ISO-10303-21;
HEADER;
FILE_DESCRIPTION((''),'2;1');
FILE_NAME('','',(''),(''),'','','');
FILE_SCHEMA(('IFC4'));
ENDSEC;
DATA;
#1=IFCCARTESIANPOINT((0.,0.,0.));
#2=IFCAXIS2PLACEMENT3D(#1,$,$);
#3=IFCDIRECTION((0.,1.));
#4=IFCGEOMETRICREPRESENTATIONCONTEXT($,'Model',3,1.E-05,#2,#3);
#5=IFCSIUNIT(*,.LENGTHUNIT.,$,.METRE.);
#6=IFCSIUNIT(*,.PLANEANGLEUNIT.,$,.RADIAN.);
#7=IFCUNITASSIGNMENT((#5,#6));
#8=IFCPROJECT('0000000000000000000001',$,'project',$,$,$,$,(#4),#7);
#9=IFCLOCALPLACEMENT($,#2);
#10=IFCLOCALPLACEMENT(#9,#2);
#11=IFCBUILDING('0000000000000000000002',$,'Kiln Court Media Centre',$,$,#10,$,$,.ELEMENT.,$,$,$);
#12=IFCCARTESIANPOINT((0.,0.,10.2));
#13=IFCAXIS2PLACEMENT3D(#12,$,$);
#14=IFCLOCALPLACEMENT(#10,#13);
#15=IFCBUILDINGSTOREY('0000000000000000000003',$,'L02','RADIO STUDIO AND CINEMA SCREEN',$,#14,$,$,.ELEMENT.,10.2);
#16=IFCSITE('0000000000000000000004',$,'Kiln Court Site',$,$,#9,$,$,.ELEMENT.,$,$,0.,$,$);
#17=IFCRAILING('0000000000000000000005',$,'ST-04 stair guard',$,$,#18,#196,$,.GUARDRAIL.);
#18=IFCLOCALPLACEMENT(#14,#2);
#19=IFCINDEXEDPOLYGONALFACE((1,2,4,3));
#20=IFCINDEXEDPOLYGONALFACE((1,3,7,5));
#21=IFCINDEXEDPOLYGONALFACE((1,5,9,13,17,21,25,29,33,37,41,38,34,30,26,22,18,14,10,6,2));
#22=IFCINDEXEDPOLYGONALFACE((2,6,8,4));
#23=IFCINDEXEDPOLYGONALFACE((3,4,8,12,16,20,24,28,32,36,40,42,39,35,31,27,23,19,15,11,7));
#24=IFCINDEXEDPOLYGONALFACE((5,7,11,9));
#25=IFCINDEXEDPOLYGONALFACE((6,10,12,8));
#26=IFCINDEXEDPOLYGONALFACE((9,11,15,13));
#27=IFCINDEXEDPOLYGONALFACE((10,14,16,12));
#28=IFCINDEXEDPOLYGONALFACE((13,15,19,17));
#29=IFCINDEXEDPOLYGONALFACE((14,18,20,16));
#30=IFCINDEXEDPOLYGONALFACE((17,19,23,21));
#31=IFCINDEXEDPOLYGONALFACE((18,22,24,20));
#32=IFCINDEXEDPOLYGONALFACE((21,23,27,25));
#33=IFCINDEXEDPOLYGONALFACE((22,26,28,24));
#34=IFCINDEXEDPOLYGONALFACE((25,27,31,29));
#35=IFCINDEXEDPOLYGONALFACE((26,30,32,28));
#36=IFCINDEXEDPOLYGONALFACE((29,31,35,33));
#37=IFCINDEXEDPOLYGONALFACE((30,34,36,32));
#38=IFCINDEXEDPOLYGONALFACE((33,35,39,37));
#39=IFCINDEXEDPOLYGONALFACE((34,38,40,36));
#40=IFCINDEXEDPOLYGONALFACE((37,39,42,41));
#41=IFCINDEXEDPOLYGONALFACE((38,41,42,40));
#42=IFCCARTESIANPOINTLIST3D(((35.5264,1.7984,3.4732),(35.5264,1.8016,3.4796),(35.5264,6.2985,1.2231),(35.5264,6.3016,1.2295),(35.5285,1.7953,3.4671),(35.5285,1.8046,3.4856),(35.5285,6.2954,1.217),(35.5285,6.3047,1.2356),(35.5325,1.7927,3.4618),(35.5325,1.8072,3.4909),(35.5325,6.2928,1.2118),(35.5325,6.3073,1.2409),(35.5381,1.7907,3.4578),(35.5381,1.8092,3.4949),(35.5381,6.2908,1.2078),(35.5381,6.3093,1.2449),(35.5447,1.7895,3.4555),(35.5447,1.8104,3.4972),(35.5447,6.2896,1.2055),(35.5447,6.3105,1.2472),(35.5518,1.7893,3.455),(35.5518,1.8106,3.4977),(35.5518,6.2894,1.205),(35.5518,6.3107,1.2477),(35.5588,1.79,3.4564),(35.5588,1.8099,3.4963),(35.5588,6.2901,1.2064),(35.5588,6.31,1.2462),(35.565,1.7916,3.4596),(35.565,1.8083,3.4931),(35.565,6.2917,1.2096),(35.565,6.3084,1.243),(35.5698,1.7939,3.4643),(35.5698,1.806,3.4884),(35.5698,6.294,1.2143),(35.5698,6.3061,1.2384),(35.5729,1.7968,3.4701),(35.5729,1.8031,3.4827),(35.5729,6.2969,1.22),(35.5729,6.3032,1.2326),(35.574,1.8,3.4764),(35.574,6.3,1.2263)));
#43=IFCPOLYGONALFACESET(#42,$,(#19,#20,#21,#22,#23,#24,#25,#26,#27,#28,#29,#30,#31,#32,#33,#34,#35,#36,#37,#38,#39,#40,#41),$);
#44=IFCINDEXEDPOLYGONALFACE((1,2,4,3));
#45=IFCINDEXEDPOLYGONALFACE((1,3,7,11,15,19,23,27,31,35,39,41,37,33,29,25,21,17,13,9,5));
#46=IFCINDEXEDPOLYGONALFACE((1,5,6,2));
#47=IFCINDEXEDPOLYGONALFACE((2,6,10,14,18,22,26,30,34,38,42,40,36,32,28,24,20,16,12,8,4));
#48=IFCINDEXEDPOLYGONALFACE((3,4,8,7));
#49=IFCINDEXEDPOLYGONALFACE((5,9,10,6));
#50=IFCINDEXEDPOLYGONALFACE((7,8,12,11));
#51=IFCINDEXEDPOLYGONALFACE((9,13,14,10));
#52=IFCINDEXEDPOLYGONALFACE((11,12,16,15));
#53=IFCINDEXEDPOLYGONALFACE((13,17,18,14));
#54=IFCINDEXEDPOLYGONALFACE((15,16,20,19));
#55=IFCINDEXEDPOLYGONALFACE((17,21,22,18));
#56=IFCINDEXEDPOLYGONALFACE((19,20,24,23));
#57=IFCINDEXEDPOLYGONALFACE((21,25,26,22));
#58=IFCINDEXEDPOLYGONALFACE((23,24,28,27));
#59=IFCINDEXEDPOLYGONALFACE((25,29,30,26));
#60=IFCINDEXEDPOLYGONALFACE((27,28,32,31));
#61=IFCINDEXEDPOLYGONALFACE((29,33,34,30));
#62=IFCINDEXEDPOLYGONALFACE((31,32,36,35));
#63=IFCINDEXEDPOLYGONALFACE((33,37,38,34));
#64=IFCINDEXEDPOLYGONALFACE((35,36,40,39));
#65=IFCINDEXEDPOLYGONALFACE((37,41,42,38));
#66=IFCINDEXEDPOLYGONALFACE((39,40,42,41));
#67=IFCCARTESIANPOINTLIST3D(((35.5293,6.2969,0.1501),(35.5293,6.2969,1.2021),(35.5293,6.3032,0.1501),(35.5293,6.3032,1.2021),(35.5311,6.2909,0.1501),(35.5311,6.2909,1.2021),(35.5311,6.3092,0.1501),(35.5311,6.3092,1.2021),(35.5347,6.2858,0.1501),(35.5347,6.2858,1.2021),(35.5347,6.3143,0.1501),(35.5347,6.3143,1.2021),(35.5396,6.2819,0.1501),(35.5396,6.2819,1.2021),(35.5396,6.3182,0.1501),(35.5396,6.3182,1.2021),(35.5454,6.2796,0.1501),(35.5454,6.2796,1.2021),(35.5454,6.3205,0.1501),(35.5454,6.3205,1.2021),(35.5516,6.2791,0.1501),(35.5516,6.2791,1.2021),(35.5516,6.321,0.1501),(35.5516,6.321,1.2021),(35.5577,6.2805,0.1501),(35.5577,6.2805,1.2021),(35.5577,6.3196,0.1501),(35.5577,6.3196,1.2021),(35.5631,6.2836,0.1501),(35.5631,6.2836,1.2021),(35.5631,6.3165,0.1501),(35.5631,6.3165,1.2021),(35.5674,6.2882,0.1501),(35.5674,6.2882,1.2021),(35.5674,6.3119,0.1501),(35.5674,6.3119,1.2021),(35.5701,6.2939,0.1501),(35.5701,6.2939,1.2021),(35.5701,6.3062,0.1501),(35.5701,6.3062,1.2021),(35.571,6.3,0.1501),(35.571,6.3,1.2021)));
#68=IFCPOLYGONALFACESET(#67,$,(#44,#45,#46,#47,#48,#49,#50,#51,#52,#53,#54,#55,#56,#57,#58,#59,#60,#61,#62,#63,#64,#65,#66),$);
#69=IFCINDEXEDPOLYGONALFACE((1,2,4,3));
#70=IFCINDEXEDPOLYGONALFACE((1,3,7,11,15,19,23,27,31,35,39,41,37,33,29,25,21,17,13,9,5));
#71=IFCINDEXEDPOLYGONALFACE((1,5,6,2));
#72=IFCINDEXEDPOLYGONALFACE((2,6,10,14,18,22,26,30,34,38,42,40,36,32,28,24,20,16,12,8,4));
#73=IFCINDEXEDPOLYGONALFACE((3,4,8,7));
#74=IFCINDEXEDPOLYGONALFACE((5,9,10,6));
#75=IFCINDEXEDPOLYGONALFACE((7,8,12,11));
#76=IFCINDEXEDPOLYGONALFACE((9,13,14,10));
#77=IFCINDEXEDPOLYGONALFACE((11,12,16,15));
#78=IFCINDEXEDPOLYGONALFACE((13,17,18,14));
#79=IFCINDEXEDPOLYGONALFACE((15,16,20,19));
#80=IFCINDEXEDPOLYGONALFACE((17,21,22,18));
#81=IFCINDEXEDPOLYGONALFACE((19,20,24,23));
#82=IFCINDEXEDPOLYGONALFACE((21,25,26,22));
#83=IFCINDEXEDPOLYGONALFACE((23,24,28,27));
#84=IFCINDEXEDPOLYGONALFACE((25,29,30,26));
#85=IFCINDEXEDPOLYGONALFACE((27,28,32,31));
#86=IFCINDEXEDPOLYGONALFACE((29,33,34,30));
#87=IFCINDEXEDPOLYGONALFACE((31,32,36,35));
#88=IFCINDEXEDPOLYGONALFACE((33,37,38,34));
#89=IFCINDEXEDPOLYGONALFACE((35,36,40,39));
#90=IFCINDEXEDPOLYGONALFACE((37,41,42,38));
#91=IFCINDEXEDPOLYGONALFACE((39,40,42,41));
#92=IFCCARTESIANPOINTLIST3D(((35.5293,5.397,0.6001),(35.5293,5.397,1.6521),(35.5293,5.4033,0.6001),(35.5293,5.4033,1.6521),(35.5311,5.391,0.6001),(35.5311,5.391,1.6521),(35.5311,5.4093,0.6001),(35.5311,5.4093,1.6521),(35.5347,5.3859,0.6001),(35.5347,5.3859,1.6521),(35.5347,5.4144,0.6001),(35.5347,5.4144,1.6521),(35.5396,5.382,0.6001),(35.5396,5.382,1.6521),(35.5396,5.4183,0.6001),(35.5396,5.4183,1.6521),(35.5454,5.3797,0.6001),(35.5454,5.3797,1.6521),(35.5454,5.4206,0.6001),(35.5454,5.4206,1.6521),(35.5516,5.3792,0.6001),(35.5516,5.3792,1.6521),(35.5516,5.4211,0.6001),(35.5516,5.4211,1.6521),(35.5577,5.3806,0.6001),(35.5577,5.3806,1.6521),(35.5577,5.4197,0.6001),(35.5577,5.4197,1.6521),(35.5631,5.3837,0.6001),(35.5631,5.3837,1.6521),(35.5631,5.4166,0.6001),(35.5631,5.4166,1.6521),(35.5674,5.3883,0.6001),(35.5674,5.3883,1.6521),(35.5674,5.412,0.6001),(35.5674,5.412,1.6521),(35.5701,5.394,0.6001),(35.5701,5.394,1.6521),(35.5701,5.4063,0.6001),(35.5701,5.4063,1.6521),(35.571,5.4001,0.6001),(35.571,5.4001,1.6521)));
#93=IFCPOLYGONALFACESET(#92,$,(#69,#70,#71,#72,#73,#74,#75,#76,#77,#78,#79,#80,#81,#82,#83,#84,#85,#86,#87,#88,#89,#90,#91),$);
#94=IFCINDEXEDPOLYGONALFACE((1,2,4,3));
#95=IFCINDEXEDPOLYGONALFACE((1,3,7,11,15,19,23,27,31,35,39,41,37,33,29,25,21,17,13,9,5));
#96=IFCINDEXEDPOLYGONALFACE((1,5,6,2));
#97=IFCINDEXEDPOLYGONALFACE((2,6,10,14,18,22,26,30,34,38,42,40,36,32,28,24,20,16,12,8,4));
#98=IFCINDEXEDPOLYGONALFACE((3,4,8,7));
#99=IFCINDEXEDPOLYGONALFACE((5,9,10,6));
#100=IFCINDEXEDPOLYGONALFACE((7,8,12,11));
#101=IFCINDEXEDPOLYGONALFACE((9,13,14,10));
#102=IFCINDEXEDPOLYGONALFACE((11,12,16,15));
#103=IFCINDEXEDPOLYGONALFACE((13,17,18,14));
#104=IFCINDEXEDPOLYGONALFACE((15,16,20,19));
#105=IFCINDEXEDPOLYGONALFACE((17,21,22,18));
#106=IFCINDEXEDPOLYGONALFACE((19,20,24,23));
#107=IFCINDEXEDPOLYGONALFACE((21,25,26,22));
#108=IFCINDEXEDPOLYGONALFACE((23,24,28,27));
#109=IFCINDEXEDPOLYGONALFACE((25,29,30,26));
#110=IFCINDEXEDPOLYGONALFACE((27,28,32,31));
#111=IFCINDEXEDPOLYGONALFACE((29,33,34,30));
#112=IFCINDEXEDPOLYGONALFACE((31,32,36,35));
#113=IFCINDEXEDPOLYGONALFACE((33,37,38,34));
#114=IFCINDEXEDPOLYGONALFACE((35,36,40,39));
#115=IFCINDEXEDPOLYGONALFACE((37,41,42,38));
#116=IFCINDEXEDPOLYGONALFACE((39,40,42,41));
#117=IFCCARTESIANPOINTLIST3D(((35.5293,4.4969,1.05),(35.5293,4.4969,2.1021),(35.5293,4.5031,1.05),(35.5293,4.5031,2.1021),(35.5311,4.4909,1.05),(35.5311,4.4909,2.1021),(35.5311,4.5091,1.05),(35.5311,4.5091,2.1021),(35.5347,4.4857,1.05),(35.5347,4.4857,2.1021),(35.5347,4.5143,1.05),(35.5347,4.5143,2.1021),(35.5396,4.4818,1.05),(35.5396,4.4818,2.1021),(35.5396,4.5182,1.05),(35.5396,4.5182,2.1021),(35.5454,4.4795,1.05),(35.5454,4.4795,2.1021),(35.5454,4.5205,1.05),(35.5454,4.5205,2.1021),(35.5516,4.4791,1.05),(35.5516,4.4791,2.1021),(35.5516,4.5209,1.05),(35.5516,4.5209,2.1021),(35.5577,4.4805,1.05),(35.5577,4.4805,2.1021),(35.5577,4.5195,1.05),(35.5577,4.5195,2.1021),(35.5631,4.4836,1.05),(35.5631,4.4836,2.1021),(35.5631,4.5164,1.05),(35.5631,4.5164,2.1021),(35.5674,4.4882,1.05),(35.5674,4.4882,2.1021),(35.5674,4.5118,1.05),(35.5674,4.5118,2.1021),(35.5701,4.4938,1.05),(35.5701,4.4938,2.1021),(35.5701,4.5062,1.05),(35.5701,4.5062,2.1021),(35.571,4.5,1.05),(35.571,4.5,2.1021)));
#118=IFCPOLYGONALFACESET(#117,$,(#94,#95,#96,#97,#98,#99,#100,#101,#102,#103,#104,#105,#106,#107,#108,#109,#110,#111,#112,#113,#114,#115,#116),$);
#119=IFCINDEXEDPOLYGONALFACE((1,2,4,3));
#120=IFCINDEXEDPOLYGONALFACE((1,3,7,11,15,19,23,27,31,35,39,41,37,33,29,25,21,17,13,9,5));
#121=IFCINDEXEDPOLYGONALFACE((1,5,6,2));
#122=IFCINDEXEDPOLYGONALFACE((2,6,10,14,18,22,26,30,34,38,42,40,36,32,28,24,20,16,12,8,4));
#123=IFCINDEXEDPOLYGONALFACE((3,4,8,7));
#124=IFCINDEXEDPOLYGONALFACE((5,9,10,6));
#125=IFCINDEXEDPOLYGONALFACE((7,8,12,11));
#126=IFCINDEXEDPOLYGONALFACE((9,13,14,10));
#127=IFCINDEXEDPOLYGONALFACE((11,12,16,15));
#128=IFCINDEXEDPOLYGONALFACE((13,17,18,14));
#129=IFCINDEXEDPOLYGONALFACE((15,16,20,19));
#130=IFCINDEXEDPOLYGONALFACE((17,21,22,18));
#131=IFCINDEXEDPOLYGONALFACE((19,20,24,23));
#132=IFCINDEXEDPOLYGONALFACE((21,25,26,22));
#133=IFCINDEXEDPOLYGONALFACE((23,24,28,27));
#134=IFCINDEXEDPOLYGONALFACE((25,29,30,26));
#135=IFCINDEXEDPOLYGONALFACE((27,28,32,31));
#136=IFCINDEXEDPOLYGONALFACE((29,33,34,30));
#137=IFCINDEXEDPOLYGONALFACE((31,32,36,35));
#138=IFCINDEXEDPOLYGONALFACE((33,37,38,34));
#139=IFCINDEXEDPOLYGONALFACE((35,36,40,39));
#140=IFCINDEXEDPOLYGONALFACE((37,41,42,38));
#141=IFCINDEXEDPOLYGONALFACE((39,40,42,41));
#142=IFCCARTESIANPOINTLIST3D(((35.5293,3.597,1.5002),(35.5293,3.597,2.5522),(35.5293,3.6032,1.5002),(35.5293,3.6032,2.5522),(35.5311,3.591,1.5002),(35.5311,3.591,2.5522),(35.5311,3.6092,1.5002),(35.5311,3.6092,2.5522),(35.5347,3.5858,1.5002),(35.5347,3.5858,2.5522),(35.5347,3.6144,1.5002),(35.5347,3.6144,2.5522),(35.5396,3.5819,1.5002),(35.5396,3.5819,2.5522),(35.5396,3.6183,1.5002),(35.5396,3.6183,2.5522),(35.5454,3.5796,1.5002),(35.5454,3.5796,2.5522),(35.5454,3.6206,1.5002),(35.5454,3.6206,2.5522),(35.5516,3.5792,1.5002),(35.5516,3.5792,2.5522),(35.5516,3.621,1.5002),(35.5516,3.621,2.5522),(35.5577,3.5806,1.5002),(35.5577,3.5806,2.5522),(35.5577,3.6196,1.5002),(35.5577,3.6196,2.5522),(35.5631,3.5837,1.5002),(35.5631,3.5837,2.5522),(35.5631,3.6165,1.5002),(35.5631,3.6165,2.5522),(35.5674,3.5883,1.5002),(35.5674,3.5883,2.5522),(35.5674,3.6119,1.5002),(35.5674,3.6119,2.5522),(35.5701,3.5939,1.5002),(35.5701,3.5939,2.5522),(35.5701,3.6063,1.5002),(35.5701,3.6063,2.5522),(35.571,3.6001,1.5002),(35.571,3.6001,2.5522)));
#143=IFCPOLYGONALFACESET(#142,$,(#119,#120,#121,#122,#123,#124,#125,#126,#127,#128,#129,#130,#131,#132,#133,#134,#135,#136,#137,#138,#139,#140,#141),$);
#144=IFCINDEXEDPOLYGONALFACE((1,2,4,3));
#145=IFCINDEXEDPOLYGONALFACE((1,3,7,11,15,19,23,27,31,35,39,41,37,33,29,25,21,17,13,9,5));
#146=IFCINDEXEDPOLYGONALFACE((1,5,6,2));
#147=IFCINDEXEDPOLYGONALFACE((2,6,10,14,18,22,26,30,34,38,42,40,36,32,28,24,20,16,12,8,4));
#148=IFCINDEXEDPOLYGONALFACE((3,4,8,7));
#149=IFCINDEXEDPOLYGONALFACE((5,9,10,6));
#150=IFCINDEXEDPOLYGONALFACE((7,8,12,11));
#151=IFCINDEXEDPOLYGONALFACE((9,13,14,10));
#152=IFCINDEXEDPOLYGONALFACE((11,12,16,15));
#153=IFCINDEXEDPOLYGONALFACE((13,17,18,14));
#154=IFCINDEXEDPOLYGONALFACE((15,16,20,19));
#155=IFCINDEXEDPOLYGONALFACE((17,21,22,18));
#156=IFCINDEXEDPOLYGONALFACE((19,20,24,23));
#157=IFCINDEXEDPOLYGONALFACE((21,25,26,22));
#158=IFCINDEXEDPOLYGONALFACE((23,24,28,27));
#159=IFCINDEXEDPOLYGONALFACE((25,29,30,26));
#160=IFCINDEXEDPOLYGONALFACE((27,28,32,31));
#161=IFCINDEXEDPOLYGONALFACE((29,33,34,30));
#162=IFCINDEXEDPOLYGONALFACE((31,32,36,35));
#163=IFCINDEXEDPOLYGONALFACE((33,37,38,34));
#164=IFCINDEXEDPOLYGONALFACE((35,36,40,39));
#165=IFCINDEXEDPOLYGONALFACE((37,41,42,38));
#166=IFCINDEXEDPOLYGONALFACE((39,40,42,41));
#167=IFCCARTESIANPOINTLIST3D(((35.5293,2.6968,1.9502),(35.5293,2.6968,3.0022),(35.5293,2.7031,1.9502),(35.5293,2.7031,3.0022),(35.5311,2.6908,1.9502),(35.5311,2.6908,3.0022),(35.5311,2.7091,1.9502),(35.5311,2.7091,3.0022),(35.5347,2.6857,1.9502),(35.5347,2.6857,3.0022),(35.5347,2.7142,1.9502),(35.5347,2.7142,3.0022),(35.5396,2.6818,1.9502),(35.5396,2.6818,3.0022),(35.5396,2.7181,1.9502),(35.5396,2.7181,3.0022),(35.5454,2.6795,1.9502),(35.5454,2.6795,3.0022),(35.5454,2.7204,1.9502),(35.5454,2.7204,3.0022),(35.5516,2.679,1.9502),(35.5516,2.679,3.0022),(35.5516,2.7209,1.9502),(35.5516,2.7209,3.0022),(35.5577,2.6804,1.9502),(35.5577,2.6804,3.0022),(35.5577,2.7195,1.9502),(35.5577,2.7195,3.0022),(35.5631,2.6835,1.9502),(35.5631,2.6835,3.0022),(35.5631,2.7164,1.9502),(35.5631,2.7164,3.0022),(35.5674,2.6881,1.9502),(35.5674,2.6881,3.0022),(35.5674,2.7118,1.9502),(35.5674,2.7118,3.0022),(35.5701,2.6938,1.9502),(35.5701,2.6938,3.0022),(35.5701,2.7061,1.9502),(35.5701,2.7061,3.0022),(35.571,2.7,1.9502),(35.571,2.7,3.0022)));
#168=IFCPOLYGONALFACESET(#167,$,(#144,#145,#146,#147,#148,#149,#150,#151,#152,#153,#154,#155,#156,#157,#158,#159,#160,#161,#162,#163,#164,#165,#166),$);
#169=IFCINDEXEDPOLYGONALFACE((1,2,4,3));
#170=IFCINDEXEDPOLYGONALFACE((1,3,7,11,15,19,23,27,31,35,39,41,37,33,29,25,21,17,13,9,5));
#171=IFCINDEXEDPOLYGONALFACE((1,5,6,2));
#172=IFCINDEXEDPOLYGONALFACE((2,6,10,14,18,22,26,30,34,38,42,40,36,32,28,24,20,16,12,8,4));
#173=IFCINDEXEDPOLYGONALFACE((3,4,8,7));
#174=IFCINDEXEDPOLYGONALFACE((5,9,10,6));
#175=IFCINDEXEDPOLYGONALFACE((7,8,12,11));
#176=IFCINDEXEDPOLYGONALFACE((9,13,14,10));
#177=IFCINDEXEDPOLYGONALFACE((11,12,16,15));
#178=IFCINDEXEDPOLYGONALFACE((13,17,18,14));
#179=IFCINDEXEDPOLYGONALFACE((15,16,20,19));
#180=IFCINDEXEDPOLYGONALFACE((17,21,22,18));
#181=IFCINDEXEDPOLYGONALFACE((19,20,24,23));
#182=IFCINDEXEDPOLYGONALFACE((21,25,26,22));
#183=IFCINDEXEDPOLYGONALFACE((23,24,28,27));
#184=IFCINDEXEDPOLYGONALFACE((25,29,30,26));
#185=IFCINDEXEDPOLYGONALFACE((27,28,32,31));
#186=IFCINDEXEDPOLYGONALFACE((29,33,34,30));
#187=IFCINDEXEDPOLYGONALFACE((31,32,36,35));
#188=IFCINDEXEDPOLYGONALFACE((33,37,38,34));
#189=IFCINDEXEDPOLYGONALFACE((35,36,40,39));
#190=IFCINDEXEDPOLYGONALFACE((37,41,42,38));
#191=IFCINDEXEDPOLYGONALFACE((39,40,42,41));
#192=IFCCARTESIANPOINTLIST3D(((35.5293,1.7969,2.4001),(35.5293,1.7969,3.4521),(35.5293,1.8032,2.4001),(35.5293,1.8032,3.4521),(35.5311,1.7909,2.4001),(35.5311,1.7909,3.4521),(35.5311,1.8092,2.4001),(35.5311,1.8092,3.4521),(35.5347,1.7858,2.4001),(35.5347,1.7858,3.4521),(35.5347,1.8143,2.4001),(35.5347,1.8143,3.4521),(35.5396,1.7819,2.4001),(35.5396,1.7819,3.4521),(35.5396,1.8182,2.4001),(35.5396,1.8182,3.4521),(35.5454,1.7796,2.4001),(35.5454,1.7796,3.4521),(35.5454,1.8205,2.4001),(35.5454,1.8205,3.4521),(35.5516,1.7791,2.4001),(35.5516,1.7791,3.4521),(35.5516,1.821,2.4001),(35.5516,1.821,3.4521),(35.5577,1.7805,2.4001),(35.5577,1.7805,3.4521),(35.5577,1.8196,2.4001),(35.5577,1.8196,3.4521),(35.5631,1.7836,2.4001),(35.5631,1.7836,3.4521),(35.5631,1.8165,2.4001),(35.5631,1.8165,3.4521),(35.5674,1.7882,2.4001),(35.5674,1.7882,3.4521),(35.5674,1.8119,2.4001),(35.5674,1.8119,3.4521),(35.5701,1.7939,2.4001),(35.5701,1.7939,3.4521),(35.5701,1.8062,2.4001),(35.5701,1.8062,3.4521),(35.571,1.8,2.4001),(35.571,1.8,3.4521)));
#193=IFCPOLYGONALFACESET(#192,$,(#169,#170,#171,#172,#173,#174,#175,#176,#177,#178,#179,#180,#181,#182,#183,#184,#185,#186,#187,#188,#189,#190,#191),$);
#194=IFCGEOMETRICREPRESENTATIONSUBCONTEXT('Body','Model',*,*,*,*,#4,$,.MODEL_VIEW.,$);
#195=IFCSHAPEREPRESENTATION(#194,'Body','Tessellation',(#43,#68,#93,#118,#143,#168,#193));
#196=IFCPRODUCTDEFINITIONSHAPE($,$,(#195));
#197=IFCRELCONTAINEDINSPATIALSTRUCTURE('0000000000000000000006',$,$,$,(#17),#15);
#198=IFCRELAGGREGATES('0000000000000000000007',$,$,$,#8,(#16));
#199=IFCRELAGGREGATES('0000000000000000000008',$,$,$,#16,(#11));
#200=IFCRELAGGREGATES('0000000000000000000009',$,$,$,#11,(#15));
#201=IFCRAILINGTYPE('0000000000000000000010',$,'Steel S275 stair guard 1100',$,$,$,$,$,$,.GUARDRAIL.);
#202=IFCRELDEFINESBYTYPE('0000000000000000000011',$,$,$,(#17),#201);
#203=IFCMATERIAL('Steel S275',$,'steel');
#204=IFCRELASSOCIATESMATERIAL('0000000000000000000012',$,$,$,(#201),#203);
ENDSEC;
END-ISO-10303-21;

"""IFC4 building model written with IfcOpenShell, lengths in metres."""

from ifc_helpers import new_model, si_unit, direction, frame, origin, origin_2d, place, context, subcontext, project, spatial, circle, extrude, material, type_object, element, save


model = new_model("IFC4")

# Units and contexts
model_context = context("Model", 3, precision=1e-05, world=origin(), true_north=direction((0.0, 1.0)))
body_context = subcontext(model_context, "Body", "Model", "MODEL_VIEW")
ifc_project = project(units=[si_unit("LENGTHUNIT", "METRE"), si_unit("PLANEANGLEUNIT", "RADIAN")], contexts=[model_context])

# Site, building, storey
site_placement = place(None, origin())
site = spatial("IfcSite", under=ifc_project, at=site_placement, Name="Kiln Court Site", CompositionType="ELEMENT", RefElevation=0.0)
building_placement = place(site_placement, origin())
building = spatial("IfcBuilding", under=site, at=building_placement, Name="Kiln Court Media Centre", CompositionType="ELEMENT")
storey_placement = place(building_placement, frame((0.0, 0.0, 10.2)))
storey = spatial("IfcBuildingStorey", under=building, at=storey_placement, Name="L02", Description="RADIO STUDIO AND CINEMA SCREEN", CompositionType="ELEMENT", Elevation=10.2)

# Railing
ifc_material_1 = material(Name="Steel S275", Category="steel")
railing_type_1 = type_object("IfcRailingType", Name="Steel S275 stair guard 1100", PredefinedType="GUARDRAIL", material=ifc_material_1)
railing_1_placement = place(storey_placement, frame((35.55, 6.3, 0.1501)))
element("IfcRailing", 1, at=railing_1_placement, inside=storey, type_object=railing_type_1, Name="ST-04 stair guard", PredefinedType="GUARDRAIL", context=body_context, shape_type="SweptSolid", body=[
    extrude(circle(Radius=0.0239, at=origin_2d()), frame((0.0, 0.0, 1.0762), z_axis=(0.0, -0.894427, 0.447214), x_axis=(1.0, 0.0, 0.0)), (0.0, 0.0, 1.0), 5.0312),
    extrude(circle(Radius=0.021, at=origin_2d()), origin(), (0.0, 0.0, 1.0), 1.052),
    extrude(circle(Radius=0.021, at=origin_2d()), frame((0.0, -0.8999, 0.45)), (0.0, 0.0, 1.0), 1.052),
    extrude(circle(Radius=0.021, at=origin_2d()), frame((0.0, -1.8, 0.8999)), (0.0, 0.0, 1.0), 1.052),
    extrude(circle(Radius=0.021, at=origin_2d()), frame((0.0, -2.7, 1.3501)), (0.0, 0.0, 1.0), 1.052),
    extrude(circle(Radius=0.021, at=origin_2d()), frame((0.0, -3.6001, 1.8)), (0.0, 0.0, 1.0), 1.052),
    extrude(circle(Radius=0.021, at=origin_2d()), frame((0.0, -4.5, 2.25)), (0.0, 0.0, 1.0), 1.052),
])

save(model, "model.ifc")
